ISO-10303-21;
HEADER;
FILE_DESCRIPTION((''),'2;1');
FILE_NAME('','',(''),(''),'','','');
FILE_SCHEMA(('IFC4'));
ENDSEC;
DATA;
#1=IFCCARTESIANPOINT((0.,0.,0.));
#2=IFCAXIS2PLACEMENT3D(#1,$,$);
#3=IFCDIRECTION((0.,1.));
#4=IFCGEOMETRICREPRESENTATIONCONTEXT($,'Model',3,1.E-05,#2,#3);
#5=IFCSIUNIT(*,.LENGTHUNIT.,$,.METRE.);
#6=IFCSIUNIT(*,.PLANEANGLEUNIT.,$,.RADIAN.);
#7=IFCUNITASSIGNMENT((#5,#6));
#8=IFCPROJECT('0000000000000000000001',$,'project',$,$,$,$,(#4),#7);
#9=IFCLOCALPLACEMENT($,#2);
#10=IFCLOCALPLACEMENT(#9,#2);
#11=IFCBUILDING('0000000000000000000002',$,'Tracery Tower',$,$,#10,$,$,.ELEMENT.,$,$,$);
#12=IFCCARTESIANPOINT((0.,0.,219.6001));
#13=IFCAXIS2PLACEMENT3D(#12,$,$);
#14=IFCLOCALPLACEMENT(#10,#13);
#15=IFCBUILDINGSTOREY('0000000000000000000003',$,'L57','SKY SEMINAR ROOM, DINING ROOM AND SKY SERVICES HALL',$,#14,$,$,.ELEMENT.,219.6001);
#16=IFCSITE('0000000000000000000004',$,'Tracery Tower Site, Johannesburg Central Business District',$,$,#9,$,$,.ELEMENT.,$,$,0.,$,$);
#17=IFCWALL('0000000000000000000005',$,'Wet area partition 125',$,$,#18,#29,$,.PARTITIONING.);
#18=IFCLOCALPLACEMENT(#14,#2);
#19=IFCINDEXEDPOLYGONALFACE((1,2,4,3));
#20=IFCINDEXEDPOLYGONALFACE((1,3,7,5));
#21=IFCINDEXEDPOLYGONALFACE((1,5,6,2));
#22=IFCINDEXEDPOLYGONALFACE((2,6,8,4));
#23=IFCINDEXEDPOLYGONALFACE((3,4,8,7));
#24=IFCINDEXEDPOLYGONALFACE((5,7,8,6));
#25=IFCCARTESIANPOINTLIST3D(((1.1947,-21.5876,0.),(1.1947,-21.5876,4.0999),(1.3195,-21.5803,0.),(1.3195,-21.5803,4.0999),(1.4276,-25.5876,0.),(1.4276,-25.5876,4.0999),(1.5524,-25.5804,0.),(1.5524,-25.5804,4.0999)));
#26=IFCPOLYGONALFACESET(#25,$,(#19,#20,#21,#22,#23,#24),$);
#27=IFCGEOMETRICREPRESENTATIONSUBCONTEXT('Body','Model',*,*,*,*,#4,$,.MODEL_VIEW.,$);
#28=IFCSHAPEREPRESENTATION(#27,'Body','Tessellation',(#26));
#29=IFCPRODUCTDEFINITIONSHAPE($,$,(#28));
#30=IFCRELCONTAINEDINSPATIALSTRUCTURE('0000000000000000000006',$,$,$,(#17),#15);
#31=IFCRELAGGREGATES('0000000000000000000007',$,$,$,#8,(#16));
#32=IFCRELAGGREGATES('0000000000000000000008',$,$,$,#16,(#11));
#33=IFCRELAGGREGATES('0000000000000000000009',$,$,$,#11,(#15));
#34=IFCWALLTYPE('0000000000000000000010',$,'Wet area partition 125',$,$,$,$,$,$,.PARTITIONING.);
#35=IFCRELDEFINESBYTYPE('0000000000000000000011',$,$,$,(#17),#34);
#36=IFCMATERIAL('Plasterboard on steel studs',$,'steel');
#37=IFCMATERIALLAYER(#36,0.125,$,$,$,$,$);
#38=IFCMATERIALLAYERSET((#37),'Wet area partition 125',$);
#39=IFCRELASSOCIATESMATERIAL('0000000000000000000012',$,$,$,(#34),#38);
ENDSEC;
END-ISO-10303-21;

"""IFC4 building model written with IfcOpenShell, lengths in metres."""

from ifc_helpers import new_model, si_unit, direction, frame, frame_2d, origin, place, context, subcontext, project, spatial, rectangle, extrude, material, layer, layer_set, type_object, element, save


model = new_model("IFC4")

# Units and contexts
model_context = context("Model", 3, precision=1e-05, world=origin(), true_north=direction((0.0, 1.0)))
body_context = subcontext(model_context, "Body", "Model", "MODEL_VIEW")
ifc_project = project(units=[si_unit("LENGTHUNIT", "METRE"), si_unit("PLANEANGLEUNIT", "RADIAN")], contexts=[model_context])

# Site, building, storey
site_placement = place(None, origin())
site = spatial("IfcSite", under=ifc_project, at=site_placement, Name="Tracery Tower Site, Johannesburg Central Business District", CompositionType="ELEMENT", RefElevation=0.0)
building_placement = place(site_placement, origin())
building = spatial("IfcBuilding", under=site, at=building_placement, Name="Tracery Tower", CompositionType="ELEMENT")
storey_placement = place(building_placement, frame((0.0, 0.0, 219.6001)))
storey = spatial("IfcBuildingStorey", under=building, at=storey_placement, Name="L57", Description="SKY SEMINAR ROOM, DINING ROOM AND SKY SERVICES HALL", CompositionType="ELEMENT", Elevation=219.6001)

# Wall
ifc_material_1 = material(Name="Plasterboard on steel studs", Category="steel")
ifc_layer_1 = layer(ifc_material_1, 0.125)
ifc_layer_set_1 = layer_set([ifc_layer_1], Name="Wet area partition 125")
wall_type = type_object("IfcWallType", Name="Wet area partition 125", PredefinedType="PARTITIONING", material=ifc_layer_set_1)
wall_placement = place(storey_placement, frame((1.49, -25.584, 0.0), z_axis=(0.0, 0.0, 1.0), x_axis=(-0.058129, 0.998309, 0.0)))
element("IfcWall", 1, at=wall_placement, inside=storey, type_object=wall_type, Name="Wet area partition 125", PredefinedType="PARTITIONING", context=body_context, shape_type="SweptSolid", body=[
    extrude(rectangle(XDim=4.0068, YDim=0.125, at=frame_2d((2.0034, 0.0))), origin(), (0.0, 0.0, 1.0), 4.0999),
])

save(model, "model.ifc")
